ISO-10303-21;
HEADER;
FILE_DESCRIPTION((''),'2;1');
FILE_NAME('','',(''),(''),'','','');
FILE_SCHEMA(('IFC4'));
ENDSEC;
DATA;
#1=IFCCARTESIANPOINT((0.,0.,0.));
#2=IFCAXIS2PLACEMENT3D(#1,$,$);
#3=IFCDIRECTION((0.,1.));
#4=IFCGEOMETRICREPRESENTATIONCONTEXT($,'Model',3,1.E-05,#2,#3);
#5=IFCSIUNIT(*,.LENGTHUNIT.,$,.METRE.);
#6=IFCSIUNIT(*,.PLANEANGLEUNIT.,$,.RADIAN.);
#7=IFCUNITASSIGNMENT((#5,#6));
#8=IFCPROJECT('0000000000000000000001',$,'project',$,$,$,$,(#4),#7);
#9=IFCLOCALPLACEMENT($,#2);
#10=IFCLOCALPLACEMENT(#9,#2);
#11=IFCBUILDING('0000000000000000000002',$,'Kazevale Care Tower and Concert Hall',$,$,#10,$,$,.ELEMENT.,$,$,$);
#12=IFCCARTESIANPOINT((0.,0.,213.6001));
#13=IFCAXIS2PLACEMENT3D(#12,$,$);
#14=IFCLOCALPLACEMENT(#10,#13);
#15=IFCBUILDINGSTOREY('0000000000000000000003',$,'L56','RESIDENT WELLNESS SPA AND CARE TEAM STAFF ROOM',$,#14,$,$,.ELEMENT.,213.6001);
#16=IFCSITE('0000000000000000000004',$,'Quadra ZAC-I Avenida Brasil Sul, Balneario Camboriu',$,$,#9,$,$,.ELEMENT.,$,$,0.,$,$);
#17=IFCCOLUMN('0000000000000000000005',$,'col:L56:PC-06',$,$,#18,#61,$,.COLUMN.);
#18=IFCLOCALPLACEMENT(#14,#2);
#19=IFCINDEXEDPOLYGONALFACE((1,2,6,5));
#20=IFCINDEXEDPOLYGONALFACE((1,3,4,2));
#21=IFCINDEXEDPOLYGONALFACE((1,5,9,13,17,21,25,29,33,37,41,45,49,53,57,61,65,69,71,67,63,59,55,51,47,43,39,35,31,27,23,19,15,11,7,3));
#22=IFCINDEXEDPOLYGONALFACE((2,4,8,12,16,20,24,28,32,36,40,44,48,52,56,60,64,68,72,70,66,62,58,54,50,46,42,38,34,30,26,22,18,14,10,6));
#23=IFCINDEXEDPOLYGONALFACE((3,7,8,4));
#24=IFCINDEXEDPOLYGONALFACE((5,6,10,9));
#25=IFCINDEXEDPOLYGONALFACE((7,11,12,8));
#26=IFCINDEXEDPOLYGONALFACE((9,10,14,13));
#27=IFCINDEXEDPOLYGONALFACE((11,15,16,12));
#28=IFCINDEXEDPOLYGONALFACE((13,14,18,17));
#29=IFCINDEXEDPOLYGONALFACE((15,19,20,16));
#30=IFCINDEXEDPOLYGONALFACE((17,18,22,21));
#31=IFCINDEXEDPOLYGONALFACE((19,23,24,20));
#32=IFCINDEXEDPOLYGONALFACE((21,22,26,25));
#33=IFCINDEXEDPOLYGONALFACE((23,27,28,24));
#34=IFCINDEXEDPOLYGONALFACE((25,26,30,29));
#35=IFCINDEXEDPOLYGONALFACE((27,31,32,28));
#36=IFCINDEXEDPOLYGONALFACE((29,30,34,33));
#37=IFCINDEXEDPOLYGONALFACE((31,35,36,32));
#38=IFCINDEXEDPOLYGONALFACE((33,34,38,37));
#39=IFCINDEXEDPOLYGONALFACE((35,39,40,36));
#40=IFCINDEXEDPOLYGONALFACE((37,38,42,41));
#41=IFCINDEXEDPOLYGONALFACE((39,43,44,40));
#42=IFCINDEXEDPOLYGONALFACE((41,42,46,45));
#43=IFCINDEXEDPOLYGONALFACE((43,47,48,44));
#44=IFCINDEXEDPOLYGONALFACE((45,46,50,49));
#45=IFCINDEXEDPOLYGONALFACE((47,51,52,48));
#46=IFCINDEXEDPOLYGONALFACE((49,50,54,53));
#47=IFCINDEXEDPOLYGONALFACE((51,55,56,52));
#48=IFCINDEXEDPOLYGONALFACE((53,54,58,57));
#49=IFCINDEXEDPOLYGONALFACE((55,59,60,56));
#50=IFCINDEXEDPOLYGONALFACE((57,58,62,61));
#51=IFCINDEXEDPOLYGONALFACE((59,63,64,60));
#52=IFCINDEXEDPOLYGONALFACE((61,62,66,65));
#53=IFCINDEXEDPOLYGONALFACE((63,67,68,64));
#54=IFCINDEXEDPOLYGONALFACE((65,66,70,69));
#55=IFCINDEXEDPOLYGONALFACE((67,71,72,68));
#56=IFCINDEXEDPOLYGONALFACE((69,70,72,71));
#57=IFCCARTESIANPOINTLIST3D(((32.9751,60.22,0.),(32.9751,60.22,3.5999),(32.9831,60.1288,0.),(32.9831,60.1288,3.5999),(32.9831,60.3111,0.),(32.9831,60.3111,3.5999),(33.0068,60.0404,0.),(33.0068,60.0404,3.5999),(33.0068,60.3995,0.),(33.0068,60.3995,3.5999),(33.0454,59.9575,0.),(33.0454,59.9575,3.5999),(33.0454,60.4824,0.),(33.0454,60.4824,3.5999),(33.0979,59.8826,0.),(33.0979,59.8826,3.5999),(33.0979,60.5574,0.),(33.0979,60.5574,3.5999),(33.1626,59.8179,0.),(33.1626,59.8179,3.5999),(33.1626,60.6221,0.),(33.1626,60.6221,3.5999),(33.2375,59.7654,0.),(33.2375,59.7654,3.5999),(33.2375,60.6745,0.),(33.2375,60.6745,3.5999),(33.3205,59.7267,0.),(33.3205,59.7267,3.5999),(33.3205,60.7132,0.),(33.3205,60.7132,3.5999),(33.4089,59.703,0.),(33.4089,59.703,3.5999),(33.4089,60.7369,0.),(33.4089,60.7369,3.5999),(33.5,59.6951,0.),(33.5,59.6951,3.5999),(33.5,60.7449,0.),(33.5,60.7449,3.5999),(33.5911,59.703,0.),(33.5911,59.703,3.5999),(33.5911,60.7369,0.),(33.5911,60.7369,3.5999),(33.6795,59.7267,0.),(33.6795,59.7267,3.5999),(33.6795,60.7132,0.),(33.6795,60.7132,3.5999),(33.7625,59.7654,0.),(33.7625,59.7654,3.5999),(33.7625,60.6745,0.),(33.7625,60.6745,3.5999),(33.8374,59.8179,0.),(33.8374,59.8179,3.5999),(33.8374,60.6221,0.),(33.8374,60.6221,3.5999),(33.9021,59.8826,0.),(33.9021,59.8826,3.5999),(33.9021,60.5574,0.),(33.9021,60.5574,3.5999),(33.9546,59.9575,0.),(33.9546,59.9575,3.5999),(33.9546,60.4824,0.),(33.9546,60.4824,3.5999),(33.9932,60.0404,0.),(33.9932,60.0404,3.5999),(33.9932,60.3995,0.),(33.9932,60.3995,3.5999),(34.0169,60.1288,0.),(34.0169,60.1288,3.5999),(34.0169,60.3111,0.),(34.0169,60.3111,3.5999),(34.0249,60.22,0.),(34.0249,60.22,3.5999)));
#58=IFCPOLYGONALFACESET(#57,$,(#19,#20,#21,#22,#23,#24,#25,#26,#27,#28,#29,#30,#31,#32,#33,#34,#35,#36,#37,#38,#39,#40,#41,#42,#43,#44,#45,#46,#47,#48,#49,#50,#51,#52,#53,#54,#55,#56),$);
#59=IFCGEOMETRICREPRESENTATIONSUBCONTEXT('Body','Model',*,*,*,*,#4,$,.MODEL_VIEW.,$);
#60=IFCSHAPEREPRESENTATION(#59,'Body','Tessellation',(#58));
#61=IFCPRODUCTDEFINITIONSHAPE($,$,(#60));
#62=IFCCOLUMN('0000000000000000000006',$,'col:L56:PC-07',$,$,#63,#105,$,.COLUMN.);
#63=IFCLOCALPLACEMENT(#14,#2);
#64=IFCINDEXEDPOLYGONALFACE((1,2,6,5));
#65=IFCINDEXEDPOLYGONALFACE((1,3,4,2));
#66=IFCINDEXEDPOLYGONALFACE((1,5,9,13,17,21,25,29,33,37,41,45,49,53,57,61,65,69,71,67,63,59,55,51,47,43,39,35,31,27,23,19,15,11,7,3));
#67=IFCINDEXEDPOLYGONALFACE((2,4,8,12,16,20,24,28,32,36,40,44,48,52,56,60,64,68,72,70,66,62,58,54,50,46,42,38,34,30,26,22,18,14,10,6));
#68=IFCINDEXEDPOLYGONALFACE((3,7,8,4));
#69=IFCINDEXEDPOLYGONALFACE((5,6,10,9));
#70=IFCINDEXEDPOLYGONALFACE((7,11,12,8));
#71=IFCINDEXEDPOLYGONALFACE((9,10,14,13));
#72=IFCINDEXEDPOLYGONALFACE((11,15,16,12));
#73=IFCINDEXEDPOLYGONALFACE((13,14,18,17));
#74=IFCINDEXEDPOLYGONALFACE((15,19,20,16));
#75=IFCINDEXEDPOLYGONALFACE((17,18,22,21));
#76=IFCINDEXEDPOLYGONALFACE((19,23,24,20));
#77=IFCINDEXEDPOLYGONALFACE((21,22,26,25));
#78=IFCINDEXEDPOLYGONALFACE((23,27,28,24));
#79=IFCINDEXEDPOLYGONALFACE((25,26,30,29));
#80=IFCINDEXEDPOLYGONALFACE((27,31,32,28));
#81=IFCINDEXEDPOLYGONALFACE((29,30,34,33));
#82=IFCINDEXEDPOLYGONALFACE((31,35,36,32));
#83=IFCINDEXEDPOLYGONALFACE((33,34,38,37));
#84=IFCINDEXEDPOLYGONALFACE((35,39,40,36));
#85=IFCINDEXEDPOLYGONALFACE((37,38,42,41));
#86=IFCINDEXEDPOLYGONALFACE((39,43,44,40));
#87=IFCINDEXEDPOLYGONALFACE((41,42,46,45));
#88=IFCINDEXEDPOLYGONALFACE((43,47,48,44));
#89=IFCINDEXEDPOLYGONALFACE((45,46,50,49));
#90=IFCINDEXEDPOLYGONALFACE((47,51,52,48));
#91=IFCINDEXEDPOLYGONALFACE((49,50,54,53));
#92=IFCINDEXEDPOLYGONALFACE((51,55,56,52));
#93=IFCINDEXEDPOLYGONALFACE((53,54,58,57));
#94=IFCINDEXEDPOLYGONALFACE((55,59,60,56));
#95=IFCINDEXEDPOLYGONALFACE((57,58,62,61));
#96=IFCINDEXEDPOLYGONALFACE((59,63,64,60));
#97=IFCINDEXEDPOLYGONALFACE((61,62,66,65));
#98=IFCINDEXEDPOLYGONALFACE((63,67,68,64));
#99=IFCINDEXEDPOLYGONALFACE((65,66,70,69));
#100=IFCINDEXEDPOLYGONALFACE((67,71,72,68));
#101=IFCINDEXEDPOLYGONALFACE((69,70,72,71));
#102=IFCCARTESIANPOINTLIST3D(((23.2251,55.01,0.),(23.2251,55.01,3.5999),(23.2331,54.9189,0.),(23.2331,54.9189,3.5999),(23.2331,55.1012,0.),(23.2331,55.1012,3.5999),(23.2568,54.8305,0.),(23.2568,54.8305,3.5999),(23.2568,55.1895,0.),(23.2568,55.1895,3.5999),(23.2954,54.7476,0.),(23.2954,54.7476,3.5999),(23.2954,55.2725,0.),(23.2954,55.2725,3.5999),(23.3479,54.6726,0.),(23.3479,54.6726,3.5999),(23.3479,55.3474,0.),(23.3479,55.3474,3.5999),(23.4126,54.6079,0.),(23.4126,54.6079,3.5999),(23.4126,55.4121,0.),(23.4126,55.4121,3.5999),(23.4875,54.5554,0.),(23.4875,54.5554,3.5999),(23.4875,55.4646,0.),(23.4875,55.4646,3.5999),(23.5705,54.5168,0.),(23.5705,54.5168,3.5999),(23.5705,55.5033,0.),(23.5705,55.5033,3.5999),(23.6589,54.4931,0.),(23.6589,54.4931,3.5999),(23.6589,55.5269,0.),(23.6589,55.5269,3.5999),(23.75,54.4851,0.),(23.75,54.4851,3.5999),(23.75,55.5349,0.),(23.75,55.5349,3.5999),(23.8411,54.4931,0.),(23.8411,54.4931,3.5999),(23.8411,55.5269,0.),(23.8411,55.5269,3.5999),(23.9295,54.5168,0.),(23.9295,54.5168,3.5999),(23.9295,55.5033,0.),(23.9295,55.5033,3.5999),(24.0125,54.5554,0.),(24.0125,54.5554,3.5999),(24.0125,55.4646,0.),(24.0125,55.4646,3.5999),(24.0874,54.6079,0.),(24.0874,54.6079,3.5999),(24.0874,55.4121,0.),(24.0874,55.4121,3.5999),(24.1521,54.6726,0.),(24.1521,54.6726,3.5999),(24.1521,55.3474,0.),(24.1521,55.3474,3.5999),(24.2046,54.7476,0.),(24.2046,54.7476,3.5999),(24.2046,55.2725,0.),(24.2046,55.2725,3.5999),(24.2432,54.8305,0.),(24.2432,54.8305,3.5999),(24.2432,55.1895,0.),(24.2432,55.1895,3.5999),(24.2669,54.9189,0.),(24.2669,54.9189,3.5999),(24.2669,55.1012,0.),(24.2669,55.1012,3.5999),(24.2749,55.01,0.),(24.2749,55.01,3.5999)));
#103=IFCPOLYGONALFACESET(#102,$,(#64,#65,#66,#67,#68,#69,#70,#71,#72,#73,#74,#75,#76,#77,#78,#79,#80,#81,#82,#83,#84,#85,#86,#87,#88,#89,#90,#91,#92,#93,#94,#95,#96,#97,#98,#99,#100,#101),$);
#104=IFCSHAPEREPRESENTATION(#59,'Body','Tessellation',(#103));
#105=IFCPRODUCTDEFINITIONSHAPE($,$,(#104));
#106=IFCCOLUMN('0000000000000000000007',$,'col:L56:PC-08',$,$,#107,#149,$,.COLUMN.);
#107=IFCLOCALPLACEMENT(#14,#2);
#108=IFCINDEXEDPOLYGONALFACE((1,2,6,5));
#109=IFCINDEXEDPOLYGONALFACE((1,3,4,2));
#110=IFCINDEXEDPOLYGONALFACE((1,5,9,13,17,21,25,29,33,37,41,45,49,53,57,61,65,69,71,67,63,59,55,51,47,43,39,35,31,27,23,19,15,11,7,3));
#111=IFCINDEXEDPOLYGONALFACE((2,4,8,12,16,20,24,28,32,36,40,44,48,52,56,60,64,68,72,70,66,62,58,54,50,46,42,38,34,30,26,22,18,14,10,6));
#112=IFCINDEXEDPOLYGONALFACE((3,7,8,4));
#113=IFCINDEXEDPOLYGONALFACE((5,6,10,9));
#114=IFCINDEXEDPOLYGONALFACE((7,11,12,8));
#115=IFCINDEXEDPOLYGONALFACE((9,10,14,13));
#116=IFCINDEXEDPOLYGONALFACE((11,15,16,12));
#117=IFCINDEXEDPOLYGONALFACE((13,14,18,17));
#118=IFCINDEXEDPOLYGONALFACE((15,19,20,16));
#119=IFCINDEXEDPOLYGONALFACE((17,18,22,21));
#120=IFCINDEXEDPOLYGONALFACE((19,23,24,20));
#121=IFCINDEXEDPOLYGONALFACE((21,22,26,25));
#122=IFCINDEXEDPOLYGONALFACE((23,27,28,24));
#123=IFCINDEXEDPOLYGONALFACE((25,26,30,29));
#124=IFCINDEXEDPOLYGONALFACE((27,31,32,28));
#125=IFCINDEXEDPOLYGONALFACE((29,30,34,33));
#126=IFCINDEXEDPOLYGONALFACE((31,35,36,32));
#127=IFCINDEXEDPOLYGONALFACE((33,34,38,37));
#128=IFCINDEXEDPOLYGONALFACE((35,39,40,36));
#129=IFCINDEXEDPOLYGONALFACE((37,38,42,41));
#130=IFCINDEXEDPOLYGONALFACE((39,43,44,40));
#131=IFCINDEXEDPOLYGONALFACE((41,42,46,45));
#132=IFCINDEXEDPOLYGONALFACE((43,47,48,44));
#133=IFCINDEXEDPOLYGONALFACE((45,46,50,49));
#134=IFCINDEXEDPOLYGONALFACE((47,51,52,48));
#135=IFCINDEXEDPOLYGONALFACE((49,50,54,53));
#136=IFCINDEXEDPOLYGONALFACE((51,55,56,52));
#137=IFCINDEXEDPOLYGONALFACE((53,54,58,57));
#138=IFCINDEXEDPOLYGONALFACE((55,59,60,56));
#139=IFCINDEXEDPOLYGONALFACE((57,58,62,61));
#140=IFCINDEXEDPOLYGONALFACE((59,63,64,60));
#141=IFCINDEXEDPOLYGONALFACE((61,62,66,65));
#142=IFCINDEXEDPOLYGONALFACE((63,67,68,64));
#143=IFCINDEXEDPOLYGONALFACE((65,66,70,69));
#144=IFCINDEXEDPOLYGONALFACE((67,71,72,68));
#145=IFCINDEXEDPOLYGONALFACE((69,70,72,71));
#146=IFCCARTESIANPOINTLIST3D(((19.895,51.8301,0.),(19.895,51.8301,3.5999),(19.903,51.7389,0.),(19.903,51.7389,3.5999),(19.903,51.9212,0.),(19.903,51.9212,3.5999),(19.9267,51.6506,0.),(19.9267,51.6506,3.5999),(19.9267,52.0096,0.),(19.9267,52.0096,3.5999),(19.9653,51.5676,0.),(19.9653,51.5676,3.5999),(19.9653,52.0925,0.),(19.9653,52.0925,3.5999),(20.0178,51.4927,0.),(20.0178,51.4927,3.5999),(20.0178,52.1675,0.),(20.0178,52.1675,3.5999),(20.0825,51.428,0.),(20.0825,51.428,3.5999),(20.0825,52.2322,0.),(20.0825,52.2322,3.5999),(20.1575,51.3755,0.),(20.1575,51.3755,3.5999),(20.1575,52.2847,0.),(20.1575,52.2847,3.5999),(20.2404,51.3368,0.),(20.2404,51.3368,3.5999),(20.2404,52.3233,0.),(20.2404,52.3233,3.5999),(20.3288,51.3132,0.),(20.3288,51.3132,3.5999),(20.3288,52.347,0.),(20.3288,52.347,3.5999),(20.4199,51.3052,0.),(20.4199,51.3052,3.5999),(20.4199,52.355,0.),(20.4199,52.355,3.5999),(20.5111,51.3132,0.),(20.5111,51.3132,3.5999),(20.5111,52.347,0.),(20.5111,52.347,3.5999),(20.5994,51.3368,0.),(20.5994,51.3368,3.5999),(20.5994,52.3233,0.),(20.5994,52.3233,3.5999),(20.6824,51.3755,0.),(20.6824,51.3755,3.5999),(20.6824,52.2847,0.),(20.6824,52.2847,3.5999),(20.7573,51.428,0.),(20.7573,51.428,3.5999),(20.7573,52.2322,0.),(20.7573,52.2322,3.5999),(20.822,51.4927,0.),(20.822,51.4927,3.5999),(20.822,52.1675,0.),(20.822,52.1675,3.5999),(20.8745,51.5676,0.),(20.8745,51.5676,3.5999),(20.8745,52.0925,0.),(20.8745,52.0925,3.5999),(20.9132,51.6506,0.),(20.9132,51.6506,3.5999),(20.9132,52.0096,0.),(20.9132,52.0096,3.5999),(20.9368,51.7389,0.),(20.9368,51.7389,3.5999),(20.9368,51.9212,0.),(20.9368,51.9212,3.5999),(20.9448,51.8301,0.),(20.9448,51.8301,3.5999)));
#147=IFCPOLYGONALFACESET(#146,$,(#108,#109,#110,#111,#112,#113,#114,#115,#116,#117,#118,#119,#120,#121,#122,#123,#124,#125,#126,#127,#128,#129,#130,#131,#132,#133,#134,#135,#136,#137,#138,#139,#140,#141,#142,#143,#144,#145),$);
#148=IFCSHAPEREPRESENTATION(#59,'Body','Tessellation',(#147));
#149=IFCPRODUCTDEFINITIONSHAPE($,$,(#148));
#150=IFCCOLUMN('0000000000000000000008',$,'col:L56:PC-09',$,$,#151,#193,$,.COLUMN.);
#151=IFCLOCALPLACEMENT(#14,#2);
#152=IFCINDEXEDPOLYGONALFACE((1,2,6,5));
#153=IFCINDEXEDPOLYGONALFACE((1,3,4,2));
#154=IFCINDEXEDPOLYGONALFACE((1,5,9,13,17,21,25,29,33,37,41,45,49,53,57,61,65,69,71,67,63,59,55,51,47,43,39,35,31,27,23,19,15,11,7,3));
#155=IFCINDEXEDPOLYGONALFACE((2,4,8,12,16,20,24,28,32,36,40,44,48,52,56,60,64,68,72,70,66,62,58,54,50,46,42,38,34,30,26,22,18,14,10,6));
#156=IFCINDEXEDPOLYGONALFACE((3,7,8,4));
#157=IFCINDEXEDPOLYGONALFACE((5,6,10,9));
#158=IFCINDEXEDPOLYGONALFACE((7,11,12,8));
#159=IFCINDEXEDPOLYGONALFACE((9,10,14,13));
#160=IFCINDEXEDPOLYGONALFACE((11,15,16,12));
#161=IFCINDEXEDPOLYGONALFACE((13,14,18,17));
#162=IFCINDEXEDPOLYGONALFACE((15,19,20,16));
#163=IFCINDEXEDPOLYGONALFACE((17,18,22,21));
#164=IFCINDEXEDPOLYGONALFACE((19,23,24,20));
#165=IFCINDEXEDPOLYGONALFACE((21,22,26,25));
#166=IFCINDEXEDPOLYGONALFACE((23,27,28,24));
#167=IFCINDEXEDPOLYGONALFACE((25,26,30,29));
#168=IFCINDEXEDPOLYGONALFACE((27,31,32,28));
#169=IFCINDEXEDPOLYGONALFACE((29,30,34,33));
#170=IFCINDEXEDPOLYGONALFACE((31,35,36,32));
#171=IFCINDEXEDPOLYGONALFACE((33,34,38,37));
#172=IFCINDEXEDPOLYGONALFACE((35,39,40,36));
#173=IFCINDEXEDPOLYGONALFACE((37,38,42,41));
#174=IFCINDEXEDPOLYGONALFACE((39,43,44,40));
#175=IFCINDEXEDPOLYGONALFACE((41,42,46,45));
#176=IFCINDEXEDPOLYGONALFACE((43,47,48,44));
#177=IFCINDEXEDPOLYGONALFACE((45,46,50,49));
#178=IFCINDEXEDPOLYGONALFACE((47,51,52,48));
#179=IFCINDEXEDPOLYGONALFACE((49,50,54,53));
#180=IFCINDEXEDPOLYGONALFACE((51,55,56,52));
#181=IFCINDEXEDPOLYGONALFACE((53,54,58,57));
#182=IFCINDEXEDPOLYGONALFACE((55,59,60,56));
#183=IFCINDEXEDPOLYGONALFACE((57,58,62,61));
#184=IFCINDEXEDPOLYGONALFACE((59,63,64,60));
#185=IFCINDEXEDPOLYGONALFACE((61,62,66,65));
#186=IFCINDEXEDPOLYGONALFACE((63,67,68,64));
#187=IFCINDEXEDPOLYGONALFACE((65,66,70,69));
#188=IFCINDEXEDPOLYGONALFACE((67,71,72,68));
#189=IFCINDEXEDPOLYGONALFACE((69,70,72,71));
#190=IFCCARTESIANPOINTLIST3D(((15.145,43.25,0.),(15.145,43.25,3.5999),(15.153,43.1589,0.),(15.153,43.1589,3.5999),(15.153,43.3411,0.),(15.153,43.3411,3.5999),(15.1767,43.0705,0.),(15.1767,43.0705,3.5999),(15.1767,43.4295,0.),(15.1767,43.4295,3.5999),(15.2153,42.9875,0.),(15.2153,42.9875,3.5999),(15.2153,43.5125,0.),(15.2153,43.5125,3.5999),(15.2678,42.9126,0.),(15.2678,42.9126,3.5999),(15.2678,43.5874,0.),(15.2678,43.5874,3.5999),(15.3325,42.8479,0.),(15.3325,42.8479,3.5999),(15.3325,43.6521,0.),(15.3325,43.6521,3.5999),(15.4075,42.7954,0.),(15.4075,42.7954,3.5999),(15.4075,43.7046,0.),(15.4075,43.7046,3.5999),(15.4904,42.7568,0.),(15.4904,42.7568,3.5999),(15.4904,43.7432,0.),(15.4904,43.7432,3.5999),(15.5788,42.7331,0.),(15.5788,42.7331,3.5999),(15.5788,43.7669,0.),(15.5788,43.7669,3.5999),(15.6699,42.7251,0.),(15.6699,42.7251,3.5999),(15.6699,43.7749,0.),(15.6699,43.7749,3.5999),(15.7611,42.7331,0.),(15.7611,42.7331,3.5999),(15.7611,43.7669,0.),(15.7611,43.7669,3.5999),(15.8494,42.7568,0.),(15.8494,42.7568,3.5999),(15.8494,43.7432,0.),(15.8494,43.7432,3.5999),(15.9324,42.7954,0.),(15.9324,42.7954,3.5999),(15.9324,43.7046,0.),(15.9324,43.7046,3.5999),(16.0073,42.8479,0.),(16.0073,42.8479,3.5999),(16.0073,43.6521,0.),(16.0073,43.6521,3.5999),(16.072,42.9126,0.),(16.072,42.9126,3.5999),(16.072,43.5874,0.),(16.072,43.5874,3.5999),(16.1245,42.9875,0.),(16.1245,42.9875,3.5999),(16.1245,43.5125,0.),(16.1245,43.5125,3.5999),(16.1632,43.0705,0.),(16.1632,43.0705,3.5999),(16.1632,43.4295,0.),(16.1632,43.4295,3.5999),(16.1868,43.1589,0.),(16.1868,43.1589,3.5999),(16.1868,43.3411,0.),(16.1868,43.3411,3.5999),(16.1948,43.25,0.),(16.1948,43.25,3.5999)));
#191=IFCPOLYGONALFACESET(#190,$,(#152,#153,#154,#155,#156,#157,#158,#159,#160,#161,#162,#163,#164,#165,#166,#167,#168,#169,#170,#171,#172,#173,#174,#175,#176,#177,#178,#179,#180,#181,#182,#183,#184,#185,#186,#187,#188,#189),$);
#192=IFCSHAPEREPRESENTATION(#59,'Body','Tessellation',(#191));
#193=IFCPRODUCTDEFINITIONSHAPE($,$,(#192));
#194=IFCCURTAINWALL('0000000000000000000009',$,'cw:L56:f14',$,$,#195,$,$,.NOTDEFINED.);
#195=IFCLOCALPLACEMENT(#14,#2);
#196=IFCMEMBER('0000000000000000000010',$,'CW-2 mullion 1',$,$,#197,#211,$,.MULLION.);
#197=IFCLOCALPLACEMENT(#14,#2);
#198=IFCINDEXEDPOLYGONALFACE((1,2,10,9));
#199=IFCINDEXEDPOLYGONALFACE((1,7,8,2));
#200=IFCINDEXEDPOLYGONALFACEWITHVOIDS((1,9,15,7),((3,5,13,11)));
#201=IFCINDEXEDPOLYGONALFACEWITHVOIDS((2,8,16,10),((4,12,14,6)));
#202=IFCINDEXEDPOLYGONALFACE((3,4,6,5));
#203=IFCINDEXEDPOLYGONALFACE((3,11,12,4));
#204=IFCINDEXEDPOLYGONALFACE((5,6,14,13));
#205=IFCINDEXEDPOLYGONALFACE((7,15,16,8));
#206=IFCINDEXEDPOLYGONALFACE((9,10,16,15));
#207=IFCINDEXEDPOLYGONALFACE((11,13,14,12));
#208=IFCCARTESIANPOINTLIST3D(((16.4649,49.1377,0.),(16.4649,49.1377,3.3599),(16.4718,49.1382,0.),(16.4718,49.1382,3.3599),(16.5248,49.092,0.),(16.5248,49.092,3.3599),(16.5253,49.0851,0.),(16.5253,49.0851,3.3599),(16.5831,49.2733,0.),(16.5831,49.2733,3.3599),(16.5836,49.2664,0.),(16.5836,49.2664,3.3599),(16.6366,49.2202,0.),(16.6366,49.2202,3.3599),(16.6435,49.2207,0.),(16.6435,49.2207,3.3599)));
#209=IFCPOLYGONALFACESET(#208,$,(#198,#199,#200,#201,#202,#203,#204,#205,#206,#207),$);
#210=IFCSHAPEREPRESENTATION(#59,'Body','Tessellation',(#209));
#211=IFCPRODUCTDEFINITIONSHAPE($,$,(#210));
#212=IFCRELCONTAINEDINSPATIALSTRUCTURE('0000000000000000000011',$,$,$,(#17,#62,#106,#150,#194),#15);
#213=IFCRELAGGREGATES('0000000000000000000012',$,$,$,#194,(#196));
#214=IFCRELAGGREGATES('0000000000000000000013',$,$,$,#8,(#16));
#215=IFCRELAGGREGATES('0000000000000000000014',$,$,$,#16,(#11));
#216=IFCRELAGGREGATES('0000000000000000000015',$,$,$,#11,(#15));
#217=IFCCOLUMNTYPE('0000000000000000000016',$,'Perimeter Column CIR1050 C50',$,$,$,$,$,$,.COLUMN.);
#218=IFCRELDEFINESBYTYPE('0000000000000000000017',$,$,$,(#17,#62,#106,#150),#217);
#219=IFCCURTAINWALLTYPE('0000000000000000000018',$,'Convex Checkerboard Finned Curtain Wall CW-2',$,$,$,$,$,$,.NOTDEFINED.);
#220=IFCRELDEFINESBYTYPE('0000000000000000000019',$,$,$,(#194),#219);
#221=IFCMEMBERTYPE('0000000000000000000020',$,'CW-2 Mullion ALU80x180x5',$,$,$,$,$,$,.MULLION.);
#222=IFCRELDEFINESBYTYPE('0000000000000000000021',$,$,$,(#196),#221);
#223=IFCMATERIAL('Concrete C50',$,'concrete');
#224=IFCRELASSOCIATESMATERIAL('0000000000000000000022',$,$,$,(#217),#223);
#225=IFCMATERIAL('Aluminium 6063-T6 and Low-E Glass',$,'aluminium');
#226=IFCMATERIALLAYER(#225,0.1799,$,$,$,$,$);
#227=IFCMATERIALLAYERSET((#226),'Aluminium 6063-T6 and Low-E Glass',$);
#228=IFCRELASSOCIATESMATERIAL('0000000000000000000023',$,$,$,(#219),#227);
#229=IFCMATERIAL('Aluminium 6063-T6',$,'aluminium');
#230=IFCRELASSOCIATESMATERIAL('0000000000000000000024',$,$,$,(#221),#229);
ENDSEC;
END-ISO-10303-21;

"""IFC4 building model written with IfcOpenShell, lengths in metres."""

from ifc_helpers import new_model, si_unit, direction, frame, origin, origin_2d, place, context, subcontext, project, spatial, hollow_rectangle, circle, extrude, material, layer, layer_set, material_profile, profile_set, type_object, element, aggregate, save


model = new_model("IFC4")

# Units and contexts
model_context = context("Model", 3, precision=1e-05, world=origin(), true_north=direction((0.0, 1.0)))
body_context = subcontext(model_context, "Body", "Model", "MODEL_VIEW")
ifc_project = project(units=[si_unit("LENGTHUNIT", "METRE"), si_unit("PLANEANGLEUNIT", "RADIAN")], contexts=[model_context])

# Site, building, storey
site_placement = place(None, origin())
site = spatial("IfcSite", under=ifc_project, at=site_placement, Name="Quadra ZAC-I Avenida Brasil Sul, Balneario Camboriu", CompositionType="ELEMENT", RefElevation=0.0)
building_placement = place(site_placement, origin())
building = spatial("IfcBuilding", under=site, at=building_placement, Name="Kazevale Care Tower and Concert Hall", CompositionType="ELEMENT")
storey_placement = place(building_placement, frame((0.0, 0.0, 213.6001)))
storey = spatial("IfcBuildingStorey", under=building, at=storey_placement, Name="L56", Description="RESIDENT WELLNESS SPA AND CARE TEAM STAFF ROOM", CompositionType="ELEMENT", Elevation=213.6001)

# Columns
ifc_material_1 = material(Name="Concrete C50", Category="concrete")
ifc_material_profile_1 = material_profile(ifc_material_1, circle(Radius=0.5249, at=origin_2d()), Name="RC-CIR1050")
ifc_profile_set_1 = profile_set([ifc_material_profile_1], Name="Concrete C50")
column_type = type_object("IfcColumnType", Name="Perimeter Column CIR1050 C50", PredefinedType="COLUMN", material=ifc_profile_set_1)
for number, where, z_axis, x_axis, name in (
    (1, (33.5, 60.22, 0.0), (0.0, 0.0, 1.0), (1.0, 0.0, 0.0), "col:L56:PC-06"),
    (2, (23.75, 55.01, 0.0), (0.0, 0.0, 1.0), (1.0, 0.0, 0.0), "col:L56:PC-07"),
    (3, (20.4199, 51.8301, 0.0), (0.0, 0.0, 1.0), (1.0, 0.0, 0.0), "col:L56:PC-08"),
    (4, (15.6699, 43.25, 0.0), (0.0, 0.0, 1.0), (1.0, 0.0, 0.0), "col:L56:PC-09"),
):
    element("IfcColumn", number, at=place(storey_placement, frame(where, z_axis=z_axis, x_axis=x_axis)), inside=storey, type_object=column_type, Name=name, PredefinedType="COLUMN", context=body_context, shape_type="SweptSolid", body=[
        extrude(circle(Radius=0.5249, at=origin_2d()), origin(), (0.0, 0.0, 1.0), 3.5999),
    ])

# Curtain wall, member
ifc_material_2 = material(Name="Aluminium 6063-T6 and Low-E Glass", Category="aluminium")
ifc_layer_1 = layer(ifc_material_2, 0.1799)
ifc_layer_set_1 = layer_set([ifc_layer_1], Name="Aluminium 6063-T6 and Low-E Glass")
curtain_wall_type_1 = type_object("IfcCurtainWallType", Name="Convex Checkerboard Finned Curtain Wall CW-2", PredefinedType="NOTDEFINED", material=ifc_layer_set_1)
curtain_wall_1_placement = place(storey_placement, origin())
curtain_wall_1 = element("IfcCurtainWall", 5, at=curtain_wall_1_placement, inside=storey, type_object=curtain_wall_type_1, Name="cw:L56:f14", PredefinedType="NOTDEFINED")
ifc_material_3 = material(Name="Aluminium 6063-T6", Category="aluminium")
ifc_material_profile_2 = material_profile(ifc_material_3, hollow_rectangle(XDim=0.0801, YDim=0.1799, WallThickness=0.0049, at=origin_2d()), Name="ALU80x180x5")
ifc_profile_set_2 = profile_set([ifc_material_profile_2], Name="Aluminium 6063-T6")
member_type_1 = type_object("IfcMemberType", Name="CW-2 Mullion ALU80x180x5", PredefinedType="MULLION", material=ifc_profile_set_2)
member_1_placement = place(storey_placement, frame((16.5542, 49.1792, 0.0), z_axis=(0.0, 0.0, 1.0), x_axis=(-0.753738, 0.657175, 0.0)))
member_1 = element("IfcMember", 6, at=member_1_placement, type_object=member_type_1, Name="CW-2 mullion 1", PredefinedType="MULLION", context=body_context, shape_type="SweptSolid", body=[
    extrude(hollow_rectangle(XDim=0.0801, YDim=0.1799, WallThickness=0.0049, at=origin_2d()), origin(), (0.0, 0.0, 1.0), 3.3599),
])

aggregate(curtain_wall_1, [member_1])

save(model, "model.ifc")
